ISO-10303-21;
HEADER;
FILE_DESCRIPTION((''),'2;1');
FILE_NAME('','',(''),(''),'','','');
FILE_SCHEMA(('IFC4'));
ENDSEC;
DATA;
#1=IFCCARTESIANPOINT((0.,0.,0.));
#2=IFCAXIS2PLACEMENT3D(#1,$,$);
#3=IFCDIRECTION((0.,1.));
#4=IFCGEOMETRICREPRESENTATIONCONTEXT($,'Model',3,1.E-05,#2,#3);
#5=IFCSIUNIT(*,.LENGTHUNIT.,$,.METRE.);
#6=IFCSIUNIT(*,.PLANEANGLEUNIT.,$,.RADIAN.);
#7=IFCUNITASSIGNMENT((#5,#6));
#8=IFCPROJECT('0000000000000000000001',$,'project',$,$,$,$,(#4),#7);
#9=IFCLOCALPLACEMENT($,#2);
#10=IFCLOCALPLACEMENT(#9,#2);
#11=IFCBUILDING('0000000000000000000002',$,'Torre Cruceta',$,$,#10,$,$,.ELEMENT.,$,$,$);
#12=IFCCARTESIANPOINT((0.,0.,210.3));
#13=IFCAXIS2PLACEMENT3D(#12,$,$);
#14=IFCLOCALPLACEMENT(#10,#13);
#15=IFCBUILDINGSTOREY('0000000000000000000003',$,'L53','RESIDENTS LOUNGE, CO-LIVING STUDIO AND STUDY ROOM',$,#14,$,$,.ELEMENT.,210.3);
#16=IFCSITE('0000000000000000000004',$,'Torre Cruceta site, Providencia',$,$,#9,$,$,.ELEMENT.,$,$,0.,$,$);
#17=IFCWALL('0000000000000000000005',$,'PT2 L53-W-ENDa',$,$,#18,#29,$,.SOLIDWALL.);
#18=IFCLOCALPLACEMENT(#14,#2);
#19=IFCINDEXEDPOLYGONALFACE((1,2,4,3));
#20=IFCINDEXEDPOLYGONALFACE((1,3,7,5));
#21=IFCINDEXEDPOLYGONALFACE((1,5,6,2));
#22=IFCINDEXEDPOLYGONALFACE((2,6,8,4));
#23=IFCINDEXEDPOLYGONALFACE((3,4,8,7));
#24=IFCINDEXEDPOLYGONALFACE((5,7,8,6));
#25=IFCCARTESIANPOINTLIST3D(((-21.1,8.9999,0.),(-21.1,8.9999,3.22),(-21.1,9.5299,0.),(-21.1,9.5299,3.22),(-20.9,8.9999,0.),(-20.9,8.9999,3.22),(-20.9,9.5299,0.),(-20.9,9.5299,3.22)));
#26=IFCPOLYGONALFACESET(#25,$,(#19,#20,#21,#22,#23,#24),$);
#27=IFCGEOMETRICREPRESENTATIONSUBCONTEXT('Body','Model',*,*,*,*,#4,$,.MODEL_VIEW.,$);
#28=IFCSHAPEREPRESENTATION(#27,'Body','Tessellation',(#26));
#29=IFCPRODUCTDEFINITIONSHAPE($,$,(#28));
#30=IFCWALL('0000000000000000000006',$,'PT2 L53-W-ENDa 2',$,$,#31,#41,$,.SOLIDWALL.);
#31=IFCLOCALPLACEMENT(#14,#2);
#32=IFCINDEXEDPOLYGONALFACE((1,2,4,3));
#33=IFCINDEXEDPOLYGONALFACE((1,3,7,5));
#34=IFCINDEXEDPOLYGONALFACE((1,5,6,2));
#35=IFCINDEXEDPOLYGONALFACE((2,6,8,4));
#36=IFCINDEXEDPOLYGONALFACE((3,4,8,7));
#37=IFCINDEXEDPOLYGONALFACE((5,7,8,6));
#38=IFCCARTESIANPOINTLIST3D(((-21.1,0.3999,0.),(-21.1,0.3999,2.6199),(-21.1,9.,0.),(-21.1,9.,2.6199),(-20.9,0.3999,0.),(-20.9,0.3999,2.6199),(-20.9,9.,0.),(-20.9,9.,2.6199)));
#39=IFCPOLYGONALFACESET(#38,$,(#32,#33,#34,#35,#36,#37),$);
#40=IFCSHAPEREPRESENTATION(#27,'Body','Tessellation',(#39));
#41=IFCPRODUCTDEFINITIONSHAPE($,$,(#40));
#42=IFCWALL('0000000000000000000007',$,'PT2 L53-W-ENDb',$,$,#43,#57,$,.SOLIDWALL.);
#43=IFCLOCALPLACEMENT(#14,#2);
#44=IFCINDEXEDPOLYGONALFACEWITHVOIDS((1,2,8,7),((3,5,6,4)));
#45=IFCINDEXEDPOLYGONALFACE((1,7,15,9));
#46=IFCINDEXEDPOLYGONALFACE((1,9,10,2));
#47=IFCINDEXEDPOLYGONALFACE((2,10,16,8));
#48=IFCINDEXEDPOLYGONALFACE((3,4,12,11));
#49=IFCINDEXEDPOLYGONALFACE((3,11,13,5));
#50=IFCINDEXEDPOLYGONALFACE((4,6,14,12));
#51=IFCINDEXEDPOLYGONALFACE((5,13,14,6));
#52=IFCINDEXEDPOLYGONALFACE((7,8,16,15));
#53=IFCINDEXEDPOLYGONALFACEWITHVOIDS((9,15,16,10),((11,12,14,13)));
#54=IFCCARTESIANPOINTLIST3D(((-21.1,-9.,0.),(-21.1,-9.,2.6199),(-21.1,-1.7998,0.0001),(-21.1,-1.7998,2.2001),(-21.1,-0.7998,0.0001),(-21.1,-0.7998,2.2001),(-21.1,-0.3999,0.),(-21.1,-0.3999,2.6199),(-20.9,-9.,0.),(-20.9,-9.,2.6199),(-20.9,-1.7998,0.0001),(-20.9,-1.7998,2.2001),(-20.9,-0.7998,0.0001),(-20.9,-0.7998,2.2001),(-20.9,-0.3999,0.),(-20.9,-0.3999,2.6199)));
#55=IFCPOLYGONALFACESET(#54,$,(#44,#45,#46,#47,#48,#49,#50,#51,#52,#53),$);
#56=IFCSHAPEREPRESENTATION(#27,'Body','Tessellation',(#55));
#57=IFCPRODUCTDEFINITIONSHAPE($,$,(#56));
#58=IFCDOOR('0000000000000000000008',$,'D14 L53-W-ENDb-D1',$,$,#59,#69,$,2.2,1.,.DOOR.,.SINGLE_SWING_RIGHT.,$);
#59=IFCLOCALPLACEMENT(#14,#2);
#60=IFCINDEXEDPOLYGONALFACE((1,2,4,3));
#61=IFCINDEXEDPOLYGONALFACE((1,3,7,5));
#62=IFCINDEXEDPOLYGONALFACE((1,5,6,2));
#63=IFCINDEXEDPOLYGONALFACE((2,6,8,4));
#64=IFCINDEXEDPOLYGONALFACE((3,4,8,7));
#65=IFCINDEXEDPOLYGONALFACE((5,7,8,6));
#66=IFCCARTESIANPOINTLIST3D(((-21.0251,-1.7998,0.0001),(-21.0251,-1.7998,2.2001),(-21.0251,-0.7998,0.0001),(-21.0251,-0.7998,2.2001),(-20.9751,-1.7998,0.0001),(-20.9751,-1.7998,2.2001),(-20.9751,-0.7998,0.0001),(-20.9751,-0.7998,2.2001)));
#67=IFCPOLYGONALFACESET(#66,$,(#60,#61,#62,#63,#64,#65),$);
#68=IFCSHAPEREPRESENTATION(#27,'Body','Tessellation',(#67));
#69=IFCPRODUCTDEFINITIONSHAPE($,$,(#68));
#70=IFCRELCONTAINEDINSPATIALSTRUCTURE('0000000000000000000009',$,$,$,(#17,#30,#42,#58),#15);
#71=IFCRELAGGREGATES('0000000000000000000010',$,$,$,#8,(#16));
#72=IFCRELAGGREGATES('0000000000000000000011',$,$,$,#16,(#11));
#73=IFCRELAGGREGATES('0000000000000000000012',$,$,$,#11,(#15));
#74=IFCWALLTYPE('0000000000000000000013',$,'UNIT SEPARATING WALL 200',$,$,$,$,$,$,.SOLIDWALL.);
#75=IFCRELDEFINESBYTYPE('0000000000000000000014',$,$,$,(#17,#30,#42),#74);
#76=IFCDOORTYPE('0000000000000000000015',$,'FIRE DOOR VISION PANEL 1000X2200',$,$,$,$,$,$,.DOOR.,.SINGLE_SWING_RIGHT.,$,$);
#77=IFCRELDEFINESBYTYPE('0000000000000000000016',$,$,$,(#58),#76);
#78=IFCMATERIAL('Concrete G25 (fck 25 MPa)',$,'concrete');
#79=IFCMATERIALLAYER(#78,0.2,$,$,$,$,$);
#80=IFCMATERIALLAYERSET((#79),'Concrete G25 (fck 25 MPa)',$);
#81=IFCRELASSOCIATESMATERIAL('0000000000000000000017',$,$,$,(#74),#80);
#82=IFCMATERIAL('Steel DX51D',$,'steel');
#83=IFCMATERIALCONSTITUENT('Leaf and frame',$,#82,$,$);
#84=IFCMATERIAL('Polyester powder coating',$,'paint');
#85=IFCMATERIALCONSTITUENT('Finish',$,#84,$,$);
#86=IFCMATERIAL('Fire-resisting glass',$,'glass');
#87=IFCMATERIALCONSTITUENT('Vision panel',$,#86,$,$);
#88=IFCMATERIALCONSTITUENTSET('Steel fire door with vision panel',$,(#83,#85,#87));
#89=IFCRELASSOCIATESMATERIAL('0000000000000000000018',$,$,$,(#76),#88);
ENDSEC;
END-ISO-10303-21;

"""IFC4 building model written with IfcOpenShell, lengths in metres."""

from ifc_helpers import new_model, si_unit, direction, frame, frame_2d, origin, place, context, subcontext, project, spatial, rectangle, extrude, material, layer, layer_set, constituent, constituent_set, type_object, element, fill, save


model = new_model("IFC4")

# Units and contexts
model_context = context("Model", 3, precision=1e-05, world=origin(), true_north=direction((0.0, 1.0)))
body_context = subcontext(model_context, "Body", "Model", "MODEL_VIEW")
ifc_project = project(units=[si_unit("LENGTHUNIT", "METRE"), si_unit("PLANEANGLEUNIT", "RADIAN")], contexts=[model_context])

# Site, building, storey
site_placement = place(None, origin())
site = spatial("IfcSite", under=ifc_project, at=site_placement, Name="Torre Cruceta site, Providencia", CompositionType="ELEMENT", RefElevation=0.0)
building_placement = place(site_placement, origin())
building = spatial("IfcBuilding", under=site, at=building_placement, Name="Torre Cruceta", CompositionType="ELEMENT")
storey_placement = place(building_placement, frame((0.0, 0.0, 210.3)))
storey = spatial("IfcBuildingStorey", under=building, at=storey_placement, Name="L53", Description="RESIDENTS LOUNGE, CO-LIVING STUDIO AND STUDY ROOM", CompositionType="ELEMENT", Elevation=210.3)

# Walls
ifc_material_1 = material(Name="Concrete G25 (fck 25 MPa)", Category="concrete")
ifc_layer_1 = layer(ifc_material_1, 0.2)
ifc_layer_set_1 = layer_set([ifc_layer_1], Name="Concrete G25 (fck 25 MPa)")
wall_type_1 = type_object("IfcWallType", Name="UNIT SEPARATING WALL 200", PredefinedType="SOLIDWALL", material=ifc_layer_set_1)
wall_1_placement = place(storey_placement, frame((-21.0, 9.53, 0.0), z_axis=(0.0, 0.0, 1.0), x_axis=(0.0, -1.0, 0.0)))
element("IfcWall", 1, at=wall_1_placement, inside=storey, type_object=wall_type_1, Name="PT2 L53-W-ENDa", PredefinedType="SOLIDWALL", context=body_context, shape_type="SweptSolid", body=[
    extrude(rectangle(XDim=0.53, YDim=0.2, at=frame_2d((0.2651, 0.0))), origin(), (0.0, 0.0, 1.0), 3.22),
])
wall_2_placement = place(storey_placement, frame((-21.0, 9.0, 0.0), z_axis=(0.0, 0.0, 1.0), x_axis=(0.0, -1.0, 0.0)))
element("IfcWall", 2, at=wall_2_placement, inside=storey, type_object=wall_type_1, Name="PT2 L53-W-ENDa 2", PredefinedType="SOLIDWALL", context=body_context, shape_type="SweptSolid", body=[
    extrude(rectangle(XDim=8.6001, YDim=0.2, at=frame_2d((4.3, 0.0))), origin(), (0.0, 0.0, 1.0), 2.6199),
])

# Wall, opening, door
wall_3_placement = place(storey_placement, frame((-21.0, -0.3999, 0.0), z_axis=(0.0, 0.0, 1.0), x_axis=(0.0, -1.0, 0.0)))
wall_3 = element("IfcWall", 3, at=wall_3_placement, inside=storey, type_object=wall_type_1, Name="PT2 L53-W-ENDb", PredefinedType="SOLIDWALL", context=body_context, shape_type="SweptSolid", body=[
    extrude(rectangle(XDim=8.6001, YDim=0.2, at=frame_2d((4.3, 0.0))), origin(), (0.0, 0.0, 1.0), 2.6199),
])
opening_1_placement = place(wall_3_placement, frame((0.3999, 0.0, 0.0)))
opening_1 = element("IfcOpeningElement", 4, at=opening_1_placement, cuts=wall_3, PredefinedType="OPENING", context=body_context, shape_type="SweptSolid", body=[
    extrude(rectangle(XDim=1.0, YDim=2.2, at=frame_2d((0.5, 1.1001))), frame((0.0, 0.1099, 0.0), z_axis=(0.0, -1.0, 0.0), x_axis=(1.0, 0.0, 0.0)), (0.0, 0.0, 1.0), 0.22),
])
ifc_material_2 = material(Name="Steel DX51D", Category="steel")
ifc_constituent_1 = constituent(ifc_material_2, Name="Leaf and frame")
ifc_material_3 = material(Name="Polyester powder coating", Category="paint")
ifc_constituent_2 = constituent(ifc_material_3, Name="Finish")
ifc_material_4 = material(Name="Fire-resisting glass", Category="glass")
ifc_constituent_3 = constituent(ifc_material_4, Name="Vision panel")
ifc_constituent_set_1 = constituent_set(constituents=[ifc_constituent_1, ifc_constituent_2, ifc_constituent_3], Name="Steel fire door with vision panel")
door_type = type_object("IfcDoorType", Name="FIRE DOOR VISION PANEL 1000X2200", OperationType="SINGLE_SWING_RIGHT", PredefinedType="DOOR", material=ifc_constituent_set_1)
door_placement = place(opening_1_placement, frame((1.0, 0.0, 0.0), z_axis=(0.0, 0.0, 1.0), x_axis=(-1.0, 0.0, 0.0)))
door = element("IfcDoor", 5, at=door_placement, inside=storey, type_object=door_type, Name="D14 L53-W-ENDb-D1", OperationType="SINGLE_SWING_RIGHT", OverallHeight=2.2, OverallWidth=1.0, PredefinedType="DOOR", context=body_context, shape_type="SweptSolid", body=[
    extrude(rectangle(XDim=1.0, YDim=2.2, at=frame_2d((0.5, 1.1001))), frame((0.0, 0.0251, 0.0), z_axis=(0.0, -1.0, 0.0), x_axis=(1.0, 0.0, 0.0)), (0.0, 0.0, 1.0), 0.05),
])
fill(opening_1, door)

save(model, "model.ifc")
